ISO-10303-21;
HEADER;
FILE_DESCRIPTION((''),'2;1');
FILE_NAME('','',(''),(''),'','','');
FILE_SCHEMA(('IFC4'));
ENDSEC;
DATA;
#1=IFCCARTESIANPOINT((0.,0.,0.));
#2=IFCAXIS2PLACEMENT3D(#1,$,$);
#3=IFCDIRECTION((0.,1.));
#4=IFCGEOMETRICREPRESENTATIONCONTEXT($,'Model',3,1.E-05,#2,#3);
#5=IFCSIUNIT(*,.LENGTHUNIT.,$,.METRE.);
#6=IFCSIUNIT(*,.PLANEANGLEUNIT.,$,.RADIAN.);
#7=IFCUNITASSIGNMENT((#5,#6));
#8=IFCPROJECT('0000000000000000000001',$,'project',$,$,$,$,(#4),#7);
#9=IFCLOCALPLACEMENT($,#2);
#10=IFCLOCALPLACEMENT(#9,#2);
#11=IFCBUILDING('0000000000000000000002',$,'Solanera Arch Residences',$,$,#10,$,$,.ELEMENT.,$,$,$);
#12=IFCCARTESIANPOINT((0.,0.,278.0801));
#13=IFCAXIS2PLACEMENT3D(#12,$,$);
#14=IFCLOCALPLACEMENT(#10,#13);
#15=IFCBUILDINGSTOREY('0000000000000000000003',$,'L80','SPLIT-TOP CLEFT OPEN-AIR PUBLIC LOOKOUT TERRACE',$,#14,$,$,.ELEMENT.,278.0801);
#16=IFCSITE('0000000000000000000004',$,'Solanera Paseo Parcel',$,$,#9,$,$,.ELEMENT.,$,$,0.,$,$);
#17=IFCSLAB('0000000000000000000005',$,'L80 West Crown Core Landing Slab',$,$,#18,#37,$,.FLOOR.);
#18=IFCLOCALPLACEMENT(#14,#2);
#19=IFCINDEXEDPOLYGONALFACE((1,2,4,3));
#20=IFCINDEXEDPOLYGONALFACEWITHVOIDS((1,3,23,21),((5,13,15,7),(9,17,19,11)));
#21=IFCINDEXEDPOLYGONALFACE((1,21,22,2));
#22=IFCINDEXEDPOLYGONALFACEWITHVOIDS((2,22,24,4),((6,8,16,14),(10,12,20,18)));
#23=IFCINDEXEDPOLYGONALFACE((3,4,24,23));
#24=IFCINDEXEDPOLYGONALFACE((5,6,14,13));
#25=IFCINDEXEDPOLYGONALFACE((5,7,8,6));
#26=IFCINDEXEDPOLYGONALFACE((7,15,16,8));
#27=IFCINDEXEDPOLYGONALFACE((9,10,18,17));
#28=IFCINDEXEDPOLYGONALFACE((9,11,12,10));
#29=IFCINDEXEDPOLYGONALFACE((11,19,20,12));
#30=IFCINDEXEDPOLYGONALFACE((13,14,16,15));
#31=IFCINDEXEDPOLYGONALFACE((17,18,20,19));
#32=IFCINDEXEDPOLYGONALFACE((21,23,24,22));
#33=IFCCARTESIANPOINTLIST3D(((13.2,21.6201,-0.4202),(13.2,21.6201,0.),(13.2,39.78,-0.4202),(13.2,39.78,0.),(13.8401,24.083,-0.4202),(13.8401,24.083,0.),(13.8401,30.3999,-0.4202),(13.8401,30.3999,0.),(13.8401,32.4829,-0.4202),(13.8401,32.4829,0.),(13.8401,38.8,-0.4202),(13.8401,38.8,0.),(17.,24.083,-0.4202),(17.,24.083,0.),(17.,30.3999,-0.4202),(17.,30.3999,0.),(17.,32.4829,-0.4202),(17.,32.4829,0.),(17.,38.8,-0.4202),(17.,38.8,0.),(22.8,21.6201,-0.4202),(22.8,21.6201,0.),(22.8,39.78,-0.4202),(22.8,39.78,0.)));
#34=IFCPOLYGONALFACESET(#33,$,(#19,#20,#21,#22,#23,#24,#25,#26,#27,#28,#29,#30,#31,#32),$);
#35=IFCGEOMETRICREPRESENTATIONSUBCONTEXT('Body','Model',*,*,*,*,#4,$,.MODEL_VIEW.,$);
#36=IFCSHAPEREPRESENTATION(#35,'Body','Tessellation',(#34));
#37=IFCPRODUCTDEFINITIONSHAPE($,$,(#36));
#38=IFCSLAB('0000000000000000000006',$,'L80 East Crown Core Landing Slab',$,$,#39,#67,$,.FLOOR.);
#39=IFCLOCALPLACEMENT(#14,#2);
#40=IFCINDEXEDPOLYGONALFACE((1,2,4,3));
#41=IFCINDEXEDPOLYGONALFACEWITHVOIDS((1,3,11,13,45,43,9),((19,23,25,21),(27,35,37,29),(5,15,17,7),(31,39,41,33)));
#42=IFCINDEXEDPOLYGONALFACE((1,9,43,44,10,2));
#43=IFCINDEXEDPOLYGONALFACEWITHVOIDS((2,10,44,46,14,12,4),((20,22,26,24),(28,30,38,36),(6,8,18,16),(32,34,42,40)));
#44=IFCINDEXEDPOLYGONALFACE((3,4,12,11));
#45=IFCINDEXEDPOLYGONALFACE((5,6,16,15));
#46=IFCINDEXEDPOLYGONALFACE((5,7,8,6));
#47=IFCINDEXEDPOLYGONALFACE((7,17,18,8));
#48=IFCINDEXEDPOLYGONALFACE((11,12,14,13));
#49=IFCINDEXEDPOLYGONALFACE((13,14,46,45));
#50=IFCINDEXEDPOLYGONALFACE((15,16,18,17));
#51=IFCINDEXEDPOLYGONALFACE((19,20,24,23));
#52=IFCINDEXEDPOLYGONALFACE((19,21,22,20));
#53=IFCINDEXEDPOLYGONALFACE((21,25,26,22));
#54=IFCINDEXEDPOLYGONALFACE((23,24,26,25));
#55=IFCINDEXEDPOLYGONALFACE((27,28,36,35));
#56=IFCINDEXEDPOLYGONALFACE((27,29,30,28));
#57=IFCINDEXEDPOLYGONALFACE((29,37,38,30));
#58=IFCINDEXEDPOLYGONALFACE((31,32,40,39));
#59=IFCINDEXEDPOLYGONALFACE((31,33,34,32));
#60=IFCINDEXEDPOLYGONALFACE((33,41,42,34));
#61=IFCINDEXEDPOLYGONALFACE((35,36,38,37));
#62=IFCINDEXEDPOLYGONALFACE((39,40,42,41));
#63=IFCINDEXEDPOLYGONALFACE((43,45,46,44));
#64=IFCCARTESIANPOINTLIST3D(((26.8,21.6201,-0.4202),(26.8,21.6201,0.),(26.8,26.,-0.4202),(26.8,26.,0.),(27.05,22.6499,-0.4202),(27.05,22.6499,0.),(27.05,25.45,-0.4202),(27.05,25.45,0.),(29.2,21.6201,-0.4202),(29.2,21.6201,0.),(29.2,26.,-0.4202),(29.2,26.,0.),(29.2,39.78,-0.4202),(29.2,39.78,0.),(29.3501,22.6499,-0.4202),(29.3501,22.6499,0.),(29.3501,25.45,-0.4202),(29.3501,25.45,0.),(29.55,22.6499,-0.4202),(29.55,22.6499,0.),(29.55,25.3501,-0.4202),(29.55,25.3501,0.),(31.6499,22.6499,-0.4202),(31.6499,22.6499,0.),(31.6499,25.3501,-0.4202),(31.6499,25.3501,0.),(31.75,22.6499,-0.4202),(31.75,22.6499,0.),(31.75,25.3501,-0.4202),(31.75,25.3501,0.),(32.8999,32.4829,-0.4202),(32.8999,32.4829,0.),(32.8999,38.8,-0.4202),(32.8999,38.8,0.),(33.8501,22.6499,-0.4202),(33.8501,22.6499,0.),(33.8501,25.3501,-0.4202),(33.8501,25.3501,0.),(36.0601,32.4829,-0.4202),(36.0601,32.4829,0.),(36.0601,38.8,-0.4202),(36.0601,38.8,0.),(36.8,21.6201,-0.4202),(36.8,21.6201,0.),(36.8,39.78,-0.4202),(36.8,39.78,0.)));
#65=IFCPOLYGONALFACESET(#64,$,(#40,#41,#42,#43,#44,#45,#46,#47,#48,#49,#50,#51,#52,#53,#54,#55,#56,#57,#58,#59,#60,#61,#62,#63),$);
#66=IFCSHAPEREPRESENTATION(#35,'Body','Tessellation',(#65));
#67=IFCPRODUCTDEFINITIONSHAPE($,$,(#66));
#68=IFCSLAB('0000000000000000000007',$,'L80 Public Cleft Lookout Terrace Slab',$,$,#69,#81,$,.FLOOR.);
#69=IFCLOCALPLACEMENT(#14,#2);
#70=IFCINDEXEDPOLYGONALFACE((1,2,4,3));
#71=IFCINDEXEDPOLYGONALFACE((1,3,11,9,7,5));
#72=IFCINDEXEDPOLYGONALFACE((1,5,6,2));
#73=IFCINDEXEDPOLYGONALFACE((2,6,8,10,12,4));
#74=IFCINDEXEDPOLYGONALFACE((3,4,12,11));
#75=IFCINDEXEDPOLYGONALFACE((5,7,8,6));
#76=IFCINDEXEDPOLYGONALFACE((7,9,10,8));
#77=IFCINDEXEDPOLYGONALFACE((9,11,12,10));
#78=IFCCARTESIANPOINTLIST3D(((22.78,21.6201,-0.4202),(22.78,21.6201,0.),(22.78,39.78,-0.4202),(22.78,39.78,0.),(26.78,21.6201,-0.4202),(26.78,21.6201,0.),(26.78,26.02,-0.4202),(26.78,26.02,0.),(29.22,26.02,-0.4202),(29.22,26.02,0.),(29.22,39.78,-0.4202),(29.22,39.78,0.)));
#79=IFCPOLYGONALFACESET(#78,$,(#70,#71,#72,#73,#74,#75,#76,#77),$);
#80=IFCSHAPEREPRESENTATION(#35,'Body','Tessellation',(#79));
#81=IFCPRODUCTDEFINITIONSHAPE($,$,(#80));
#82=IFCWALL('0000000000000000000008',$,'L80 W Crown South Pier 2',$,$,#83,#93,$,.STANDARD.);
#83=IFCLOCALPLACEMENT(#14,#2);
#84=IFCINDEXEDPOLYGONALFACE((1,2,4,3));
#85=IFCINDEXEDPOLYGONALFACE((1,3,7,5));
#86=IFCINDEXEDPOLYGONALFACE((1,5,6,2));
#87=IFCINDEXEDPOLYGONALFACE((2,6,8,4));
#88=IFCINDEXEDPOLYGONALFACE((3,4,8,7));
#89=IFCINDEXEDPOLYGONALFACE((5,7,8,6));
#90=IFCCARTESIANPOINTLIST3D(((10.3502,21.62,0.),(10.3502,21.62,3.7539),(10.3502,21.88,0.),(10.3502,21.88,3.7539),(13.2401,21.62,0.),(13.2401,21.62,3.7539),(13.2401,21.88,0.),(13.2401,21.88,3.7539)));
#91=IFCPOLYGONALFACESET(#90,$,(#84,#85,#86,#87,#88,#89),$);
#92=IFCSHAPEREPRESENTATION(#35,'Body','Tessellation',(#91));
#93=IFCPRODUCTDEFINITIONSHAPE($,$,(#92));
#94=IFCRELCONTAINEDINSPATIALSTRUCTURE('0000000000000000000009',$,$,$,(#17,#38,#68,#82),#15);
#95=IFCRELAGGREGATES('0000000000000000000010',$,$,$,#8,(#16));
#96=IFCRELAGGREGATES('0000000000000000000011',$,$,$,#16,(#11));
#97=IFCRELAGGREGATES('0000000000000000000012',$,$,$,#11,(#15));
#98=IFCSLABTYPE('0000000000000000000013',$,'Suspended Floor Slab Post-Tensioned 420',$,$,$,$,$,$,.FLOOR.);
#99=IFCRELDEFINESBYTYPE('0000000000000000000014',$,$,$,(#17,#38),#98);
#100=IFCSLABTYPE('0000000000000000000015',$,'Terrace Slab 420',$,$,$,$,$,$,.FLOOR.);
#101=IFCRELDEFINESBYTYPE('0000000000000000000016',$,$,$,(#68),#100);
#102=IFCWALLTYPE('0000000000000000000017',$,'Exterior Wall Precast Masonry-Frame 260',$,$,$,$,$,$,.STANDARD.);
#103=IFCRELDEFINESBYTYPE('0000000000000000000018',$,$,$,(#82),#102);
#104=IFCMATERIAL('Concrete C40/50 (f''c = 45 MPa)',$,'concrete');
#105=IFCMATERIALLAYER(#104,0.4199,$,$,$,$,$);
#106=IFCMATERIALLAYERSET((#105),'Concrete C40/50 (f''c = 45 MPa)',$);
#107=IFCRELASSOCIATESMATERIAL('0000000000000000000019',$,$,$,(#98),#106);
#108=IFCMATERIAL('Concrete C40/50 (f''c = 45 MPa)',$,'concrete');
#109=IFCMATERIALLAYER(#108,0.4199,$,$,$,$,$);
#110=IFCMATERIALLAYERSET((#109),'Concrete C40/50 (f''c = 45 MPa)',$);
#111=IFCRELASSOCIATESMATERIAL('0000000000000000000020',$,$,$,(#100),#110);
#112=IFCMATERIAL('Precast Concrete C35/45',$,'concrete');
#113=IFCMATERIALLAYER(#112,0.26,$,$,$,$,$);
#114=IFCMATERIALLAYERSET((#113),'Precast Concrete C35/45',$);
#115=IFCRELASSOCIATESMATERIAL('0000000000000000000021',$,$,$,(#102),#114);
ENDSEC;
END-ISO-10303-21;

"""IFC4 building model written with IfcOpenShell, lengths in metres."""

from ifc_helpers import new_model, si_unit, direction, frame, frame_2d, origin, place, context, subcontext, project, spatial, polyline, rectangle, outline, extrude, material, layer, layer_set, type_object, element, save


model = new_model("IFC4")

# Units and contexts
model_context = context("Model", 3, precision=1e-05, world=origin(), true_north=direction((0.0, 1.0)))
body_context = subcontext(model_context, "Body", "Model", "MODEL_VIEW")
ifc_project = project(units=[si_unit("LENGTHUNIT", "METRE"), si_unit("PLANEANGLEUNIT", "RADIAN")], contexts=[model_context])

# Site, building, storey
site_placement = place(None, origin())
site = spatial("IfcSite", under=ifc_project, at=site_placement, Name="Solanera Paseo Parcel", CompositionType="ELEMENT", RefElevation=0.0)
building_placement = place(site_placement, origin())
building = spatial("IfcBuilding", under=site, at=building_placement, Name="Solanera Arch Residences", CompositionType="ELEMENT")
storey_placement = place(building_placement, frame((0.0, 0.0, 278.0801)))
storey = spatial("IfcBuildingStorey", under=building, at=storey_placement, Name="L80", Description="SPLIT-TOP CLEFT OPEN-AIR PUBLIC LOOKOUT TERRACE", CompositionType="ELEMENT", Elevation=278.0801)

# Slabs
ifc_material_1 = material(Name="Concrete C40/50 (f'c = 45 MPa)", Category="concrete")
ifc_layer_1 = layer(ifc_material_1, 0.4199)
ifc_layer_set_1 = layer_set([ifc_layer_1], Name="Concrete C40/50 (f'c = 45 MPa)")
slab_type_1 = type_object("IfcSlabType", Name="Suspended Floor Slab Post-Tensioned 420", PredefinedType="FLOOR", material=ifc_layer_set_1)
slab_1_placement = place(storey_placement, frame((0.0, 0.0, -0.4202)))
element("IfcSlab", 1, at=slab_1_placement, inside=storey, type_object=slab_type_1, Name="L80 West Crown Core Landing Slab", PredefinedType="FLOOR", context=body_context, shape_type="SweptSolid", body=[
    extrude(outline(polyline([(22.8, 21.6201), (22.8, 39.78), (13.2, 39.78), (13.2, 21.6201), (22.8, 21.6201)]), holes=[polyline([(13.8401, 32.4829), (13.8401, 38.8), (17.0, 38.8), (17.0, 32.4829), (13.8401, 32.4829)]), polyline([(13.8401, 24.083), (13.8401, 30.3999), (17.0, 30.3999), (17.0, 24.083), (13.8401, 24.083)])]), origin(), (0.0, 0.0, 1.0), 0.4202),
])
slab_2_placement = place(storey_placement, frame((0.0, 0.0, -0.4202)))
element("IfcSlab", 2, at=slab_2_placement, inside=storey, type_object=slab_type_1, Name="L80 East Crown Core Landing Slab", PredefinedType="FLOOR", context=body_context, shape_type="SweptSolid", body=[
    extrude(outline(polyline([(29.2, 26.0), (26.8, 26.0), (26.8, 21.6201), (29.2, 21.6201), (36.8, 21.6201), (36.8, 39.78), (29.2, 39.78), (29.2, 26.0)]), holes=[polyline([(32.8999, 32.4829), (32.8999, 38.8), (36.0601, 38.8), (36.0601, 32.4829), (32.8999, 32.4829)]), polyline([(29.55, 25.3501), (31.6499, 25.3501), (31.6499, 22.6499), (29.55, 22.6499), (29.55, 25.3501)]), polyline([(31.75, 25.3501), (33.8501, 25.3501), (33.8501, 22.6499), (31.75, 22.6499), (31.75, 25.3501)]), polyline([(27.05, 25.45), (29.3501, 25.45), (29.3501, 22.6499), (27.05, 22.6499), (27.05, 25.45)])]), origin(), (0.0, 0.0, 1.0), 0.4202),
])
ifc_material_2 = material(Name="Concrete C40/50 (f'c = 45 MPa)", Category="concrete")
ifc_layer_2 = layer(ifc_material_2, 0.4199)
ifc_layer_set_2 = layer_set([ifc_layer_2], Name="Concrete C40/50 (f'c = 45 MPa)")
slab_type_2 = type_object("IfcSlabType", Name="Terrace Slab 420", PredefinedType="FLOOR", material=ifc_layer_set_2)
slab_3_placement = place(storey_placement, frame((0.0, 0.0, -0.4202)))
element("IfcSlab", 3, at=slab_3_placement, inside=storey, type_object=slab_type_2, Name="L80 Public Cleft Lookout Terrace Slab", PredefinedType="FLOOR", context=body_context, shape_type="SweptSolid", body=[
    extrude(outline(polyline([(26.78, 21.6201), (26.78, 26.02), (29.22, 26.02), (29.22, 39.78), (22.78, 39.78), (22.78, 21.6201), (26.78, 21.6201)])), origin(), (0.0, 0.0, 1.0), 0.4202),
])

# Wall
ifc_material_3 = material(Name="Precast Concrete C35/45", Category="concrete")
ifc_layer_3 = layer(ifc_material_3, 0.26)
ifc_layer_set_3 = layer_set([ifc_layer_3], Name="Precast Concrete C35/45")
wall_type = type_object("IfcWallType", Name="Exterior Wall Precast Masonry-Frame 260", PredefinedType="STANDARD", material=ifc_layer_set_3)
wall_placement = place(storey_placement, frame((13.24, 21.75, 0.0), z_axis=(0.0, 0.0, 1.0), x_axis=(-1.0, 0.0, 0.0)))
element("IfcWall", 4, at=wall_placement, inside=storey, type_object=wall_type, Name="L80 W Crown South Pier 2", PredefinedType="STANDARD", context=body_context, shape_type="SweptSolid", body=[
    extrude(rectangle(XDim=2.8899, YDim=0.26, at=frame_2d((1.4448, 0.0))), origin(), (0.0, 0.0, 1.0), 3.7539),
])

save(model, "model.ifc")
